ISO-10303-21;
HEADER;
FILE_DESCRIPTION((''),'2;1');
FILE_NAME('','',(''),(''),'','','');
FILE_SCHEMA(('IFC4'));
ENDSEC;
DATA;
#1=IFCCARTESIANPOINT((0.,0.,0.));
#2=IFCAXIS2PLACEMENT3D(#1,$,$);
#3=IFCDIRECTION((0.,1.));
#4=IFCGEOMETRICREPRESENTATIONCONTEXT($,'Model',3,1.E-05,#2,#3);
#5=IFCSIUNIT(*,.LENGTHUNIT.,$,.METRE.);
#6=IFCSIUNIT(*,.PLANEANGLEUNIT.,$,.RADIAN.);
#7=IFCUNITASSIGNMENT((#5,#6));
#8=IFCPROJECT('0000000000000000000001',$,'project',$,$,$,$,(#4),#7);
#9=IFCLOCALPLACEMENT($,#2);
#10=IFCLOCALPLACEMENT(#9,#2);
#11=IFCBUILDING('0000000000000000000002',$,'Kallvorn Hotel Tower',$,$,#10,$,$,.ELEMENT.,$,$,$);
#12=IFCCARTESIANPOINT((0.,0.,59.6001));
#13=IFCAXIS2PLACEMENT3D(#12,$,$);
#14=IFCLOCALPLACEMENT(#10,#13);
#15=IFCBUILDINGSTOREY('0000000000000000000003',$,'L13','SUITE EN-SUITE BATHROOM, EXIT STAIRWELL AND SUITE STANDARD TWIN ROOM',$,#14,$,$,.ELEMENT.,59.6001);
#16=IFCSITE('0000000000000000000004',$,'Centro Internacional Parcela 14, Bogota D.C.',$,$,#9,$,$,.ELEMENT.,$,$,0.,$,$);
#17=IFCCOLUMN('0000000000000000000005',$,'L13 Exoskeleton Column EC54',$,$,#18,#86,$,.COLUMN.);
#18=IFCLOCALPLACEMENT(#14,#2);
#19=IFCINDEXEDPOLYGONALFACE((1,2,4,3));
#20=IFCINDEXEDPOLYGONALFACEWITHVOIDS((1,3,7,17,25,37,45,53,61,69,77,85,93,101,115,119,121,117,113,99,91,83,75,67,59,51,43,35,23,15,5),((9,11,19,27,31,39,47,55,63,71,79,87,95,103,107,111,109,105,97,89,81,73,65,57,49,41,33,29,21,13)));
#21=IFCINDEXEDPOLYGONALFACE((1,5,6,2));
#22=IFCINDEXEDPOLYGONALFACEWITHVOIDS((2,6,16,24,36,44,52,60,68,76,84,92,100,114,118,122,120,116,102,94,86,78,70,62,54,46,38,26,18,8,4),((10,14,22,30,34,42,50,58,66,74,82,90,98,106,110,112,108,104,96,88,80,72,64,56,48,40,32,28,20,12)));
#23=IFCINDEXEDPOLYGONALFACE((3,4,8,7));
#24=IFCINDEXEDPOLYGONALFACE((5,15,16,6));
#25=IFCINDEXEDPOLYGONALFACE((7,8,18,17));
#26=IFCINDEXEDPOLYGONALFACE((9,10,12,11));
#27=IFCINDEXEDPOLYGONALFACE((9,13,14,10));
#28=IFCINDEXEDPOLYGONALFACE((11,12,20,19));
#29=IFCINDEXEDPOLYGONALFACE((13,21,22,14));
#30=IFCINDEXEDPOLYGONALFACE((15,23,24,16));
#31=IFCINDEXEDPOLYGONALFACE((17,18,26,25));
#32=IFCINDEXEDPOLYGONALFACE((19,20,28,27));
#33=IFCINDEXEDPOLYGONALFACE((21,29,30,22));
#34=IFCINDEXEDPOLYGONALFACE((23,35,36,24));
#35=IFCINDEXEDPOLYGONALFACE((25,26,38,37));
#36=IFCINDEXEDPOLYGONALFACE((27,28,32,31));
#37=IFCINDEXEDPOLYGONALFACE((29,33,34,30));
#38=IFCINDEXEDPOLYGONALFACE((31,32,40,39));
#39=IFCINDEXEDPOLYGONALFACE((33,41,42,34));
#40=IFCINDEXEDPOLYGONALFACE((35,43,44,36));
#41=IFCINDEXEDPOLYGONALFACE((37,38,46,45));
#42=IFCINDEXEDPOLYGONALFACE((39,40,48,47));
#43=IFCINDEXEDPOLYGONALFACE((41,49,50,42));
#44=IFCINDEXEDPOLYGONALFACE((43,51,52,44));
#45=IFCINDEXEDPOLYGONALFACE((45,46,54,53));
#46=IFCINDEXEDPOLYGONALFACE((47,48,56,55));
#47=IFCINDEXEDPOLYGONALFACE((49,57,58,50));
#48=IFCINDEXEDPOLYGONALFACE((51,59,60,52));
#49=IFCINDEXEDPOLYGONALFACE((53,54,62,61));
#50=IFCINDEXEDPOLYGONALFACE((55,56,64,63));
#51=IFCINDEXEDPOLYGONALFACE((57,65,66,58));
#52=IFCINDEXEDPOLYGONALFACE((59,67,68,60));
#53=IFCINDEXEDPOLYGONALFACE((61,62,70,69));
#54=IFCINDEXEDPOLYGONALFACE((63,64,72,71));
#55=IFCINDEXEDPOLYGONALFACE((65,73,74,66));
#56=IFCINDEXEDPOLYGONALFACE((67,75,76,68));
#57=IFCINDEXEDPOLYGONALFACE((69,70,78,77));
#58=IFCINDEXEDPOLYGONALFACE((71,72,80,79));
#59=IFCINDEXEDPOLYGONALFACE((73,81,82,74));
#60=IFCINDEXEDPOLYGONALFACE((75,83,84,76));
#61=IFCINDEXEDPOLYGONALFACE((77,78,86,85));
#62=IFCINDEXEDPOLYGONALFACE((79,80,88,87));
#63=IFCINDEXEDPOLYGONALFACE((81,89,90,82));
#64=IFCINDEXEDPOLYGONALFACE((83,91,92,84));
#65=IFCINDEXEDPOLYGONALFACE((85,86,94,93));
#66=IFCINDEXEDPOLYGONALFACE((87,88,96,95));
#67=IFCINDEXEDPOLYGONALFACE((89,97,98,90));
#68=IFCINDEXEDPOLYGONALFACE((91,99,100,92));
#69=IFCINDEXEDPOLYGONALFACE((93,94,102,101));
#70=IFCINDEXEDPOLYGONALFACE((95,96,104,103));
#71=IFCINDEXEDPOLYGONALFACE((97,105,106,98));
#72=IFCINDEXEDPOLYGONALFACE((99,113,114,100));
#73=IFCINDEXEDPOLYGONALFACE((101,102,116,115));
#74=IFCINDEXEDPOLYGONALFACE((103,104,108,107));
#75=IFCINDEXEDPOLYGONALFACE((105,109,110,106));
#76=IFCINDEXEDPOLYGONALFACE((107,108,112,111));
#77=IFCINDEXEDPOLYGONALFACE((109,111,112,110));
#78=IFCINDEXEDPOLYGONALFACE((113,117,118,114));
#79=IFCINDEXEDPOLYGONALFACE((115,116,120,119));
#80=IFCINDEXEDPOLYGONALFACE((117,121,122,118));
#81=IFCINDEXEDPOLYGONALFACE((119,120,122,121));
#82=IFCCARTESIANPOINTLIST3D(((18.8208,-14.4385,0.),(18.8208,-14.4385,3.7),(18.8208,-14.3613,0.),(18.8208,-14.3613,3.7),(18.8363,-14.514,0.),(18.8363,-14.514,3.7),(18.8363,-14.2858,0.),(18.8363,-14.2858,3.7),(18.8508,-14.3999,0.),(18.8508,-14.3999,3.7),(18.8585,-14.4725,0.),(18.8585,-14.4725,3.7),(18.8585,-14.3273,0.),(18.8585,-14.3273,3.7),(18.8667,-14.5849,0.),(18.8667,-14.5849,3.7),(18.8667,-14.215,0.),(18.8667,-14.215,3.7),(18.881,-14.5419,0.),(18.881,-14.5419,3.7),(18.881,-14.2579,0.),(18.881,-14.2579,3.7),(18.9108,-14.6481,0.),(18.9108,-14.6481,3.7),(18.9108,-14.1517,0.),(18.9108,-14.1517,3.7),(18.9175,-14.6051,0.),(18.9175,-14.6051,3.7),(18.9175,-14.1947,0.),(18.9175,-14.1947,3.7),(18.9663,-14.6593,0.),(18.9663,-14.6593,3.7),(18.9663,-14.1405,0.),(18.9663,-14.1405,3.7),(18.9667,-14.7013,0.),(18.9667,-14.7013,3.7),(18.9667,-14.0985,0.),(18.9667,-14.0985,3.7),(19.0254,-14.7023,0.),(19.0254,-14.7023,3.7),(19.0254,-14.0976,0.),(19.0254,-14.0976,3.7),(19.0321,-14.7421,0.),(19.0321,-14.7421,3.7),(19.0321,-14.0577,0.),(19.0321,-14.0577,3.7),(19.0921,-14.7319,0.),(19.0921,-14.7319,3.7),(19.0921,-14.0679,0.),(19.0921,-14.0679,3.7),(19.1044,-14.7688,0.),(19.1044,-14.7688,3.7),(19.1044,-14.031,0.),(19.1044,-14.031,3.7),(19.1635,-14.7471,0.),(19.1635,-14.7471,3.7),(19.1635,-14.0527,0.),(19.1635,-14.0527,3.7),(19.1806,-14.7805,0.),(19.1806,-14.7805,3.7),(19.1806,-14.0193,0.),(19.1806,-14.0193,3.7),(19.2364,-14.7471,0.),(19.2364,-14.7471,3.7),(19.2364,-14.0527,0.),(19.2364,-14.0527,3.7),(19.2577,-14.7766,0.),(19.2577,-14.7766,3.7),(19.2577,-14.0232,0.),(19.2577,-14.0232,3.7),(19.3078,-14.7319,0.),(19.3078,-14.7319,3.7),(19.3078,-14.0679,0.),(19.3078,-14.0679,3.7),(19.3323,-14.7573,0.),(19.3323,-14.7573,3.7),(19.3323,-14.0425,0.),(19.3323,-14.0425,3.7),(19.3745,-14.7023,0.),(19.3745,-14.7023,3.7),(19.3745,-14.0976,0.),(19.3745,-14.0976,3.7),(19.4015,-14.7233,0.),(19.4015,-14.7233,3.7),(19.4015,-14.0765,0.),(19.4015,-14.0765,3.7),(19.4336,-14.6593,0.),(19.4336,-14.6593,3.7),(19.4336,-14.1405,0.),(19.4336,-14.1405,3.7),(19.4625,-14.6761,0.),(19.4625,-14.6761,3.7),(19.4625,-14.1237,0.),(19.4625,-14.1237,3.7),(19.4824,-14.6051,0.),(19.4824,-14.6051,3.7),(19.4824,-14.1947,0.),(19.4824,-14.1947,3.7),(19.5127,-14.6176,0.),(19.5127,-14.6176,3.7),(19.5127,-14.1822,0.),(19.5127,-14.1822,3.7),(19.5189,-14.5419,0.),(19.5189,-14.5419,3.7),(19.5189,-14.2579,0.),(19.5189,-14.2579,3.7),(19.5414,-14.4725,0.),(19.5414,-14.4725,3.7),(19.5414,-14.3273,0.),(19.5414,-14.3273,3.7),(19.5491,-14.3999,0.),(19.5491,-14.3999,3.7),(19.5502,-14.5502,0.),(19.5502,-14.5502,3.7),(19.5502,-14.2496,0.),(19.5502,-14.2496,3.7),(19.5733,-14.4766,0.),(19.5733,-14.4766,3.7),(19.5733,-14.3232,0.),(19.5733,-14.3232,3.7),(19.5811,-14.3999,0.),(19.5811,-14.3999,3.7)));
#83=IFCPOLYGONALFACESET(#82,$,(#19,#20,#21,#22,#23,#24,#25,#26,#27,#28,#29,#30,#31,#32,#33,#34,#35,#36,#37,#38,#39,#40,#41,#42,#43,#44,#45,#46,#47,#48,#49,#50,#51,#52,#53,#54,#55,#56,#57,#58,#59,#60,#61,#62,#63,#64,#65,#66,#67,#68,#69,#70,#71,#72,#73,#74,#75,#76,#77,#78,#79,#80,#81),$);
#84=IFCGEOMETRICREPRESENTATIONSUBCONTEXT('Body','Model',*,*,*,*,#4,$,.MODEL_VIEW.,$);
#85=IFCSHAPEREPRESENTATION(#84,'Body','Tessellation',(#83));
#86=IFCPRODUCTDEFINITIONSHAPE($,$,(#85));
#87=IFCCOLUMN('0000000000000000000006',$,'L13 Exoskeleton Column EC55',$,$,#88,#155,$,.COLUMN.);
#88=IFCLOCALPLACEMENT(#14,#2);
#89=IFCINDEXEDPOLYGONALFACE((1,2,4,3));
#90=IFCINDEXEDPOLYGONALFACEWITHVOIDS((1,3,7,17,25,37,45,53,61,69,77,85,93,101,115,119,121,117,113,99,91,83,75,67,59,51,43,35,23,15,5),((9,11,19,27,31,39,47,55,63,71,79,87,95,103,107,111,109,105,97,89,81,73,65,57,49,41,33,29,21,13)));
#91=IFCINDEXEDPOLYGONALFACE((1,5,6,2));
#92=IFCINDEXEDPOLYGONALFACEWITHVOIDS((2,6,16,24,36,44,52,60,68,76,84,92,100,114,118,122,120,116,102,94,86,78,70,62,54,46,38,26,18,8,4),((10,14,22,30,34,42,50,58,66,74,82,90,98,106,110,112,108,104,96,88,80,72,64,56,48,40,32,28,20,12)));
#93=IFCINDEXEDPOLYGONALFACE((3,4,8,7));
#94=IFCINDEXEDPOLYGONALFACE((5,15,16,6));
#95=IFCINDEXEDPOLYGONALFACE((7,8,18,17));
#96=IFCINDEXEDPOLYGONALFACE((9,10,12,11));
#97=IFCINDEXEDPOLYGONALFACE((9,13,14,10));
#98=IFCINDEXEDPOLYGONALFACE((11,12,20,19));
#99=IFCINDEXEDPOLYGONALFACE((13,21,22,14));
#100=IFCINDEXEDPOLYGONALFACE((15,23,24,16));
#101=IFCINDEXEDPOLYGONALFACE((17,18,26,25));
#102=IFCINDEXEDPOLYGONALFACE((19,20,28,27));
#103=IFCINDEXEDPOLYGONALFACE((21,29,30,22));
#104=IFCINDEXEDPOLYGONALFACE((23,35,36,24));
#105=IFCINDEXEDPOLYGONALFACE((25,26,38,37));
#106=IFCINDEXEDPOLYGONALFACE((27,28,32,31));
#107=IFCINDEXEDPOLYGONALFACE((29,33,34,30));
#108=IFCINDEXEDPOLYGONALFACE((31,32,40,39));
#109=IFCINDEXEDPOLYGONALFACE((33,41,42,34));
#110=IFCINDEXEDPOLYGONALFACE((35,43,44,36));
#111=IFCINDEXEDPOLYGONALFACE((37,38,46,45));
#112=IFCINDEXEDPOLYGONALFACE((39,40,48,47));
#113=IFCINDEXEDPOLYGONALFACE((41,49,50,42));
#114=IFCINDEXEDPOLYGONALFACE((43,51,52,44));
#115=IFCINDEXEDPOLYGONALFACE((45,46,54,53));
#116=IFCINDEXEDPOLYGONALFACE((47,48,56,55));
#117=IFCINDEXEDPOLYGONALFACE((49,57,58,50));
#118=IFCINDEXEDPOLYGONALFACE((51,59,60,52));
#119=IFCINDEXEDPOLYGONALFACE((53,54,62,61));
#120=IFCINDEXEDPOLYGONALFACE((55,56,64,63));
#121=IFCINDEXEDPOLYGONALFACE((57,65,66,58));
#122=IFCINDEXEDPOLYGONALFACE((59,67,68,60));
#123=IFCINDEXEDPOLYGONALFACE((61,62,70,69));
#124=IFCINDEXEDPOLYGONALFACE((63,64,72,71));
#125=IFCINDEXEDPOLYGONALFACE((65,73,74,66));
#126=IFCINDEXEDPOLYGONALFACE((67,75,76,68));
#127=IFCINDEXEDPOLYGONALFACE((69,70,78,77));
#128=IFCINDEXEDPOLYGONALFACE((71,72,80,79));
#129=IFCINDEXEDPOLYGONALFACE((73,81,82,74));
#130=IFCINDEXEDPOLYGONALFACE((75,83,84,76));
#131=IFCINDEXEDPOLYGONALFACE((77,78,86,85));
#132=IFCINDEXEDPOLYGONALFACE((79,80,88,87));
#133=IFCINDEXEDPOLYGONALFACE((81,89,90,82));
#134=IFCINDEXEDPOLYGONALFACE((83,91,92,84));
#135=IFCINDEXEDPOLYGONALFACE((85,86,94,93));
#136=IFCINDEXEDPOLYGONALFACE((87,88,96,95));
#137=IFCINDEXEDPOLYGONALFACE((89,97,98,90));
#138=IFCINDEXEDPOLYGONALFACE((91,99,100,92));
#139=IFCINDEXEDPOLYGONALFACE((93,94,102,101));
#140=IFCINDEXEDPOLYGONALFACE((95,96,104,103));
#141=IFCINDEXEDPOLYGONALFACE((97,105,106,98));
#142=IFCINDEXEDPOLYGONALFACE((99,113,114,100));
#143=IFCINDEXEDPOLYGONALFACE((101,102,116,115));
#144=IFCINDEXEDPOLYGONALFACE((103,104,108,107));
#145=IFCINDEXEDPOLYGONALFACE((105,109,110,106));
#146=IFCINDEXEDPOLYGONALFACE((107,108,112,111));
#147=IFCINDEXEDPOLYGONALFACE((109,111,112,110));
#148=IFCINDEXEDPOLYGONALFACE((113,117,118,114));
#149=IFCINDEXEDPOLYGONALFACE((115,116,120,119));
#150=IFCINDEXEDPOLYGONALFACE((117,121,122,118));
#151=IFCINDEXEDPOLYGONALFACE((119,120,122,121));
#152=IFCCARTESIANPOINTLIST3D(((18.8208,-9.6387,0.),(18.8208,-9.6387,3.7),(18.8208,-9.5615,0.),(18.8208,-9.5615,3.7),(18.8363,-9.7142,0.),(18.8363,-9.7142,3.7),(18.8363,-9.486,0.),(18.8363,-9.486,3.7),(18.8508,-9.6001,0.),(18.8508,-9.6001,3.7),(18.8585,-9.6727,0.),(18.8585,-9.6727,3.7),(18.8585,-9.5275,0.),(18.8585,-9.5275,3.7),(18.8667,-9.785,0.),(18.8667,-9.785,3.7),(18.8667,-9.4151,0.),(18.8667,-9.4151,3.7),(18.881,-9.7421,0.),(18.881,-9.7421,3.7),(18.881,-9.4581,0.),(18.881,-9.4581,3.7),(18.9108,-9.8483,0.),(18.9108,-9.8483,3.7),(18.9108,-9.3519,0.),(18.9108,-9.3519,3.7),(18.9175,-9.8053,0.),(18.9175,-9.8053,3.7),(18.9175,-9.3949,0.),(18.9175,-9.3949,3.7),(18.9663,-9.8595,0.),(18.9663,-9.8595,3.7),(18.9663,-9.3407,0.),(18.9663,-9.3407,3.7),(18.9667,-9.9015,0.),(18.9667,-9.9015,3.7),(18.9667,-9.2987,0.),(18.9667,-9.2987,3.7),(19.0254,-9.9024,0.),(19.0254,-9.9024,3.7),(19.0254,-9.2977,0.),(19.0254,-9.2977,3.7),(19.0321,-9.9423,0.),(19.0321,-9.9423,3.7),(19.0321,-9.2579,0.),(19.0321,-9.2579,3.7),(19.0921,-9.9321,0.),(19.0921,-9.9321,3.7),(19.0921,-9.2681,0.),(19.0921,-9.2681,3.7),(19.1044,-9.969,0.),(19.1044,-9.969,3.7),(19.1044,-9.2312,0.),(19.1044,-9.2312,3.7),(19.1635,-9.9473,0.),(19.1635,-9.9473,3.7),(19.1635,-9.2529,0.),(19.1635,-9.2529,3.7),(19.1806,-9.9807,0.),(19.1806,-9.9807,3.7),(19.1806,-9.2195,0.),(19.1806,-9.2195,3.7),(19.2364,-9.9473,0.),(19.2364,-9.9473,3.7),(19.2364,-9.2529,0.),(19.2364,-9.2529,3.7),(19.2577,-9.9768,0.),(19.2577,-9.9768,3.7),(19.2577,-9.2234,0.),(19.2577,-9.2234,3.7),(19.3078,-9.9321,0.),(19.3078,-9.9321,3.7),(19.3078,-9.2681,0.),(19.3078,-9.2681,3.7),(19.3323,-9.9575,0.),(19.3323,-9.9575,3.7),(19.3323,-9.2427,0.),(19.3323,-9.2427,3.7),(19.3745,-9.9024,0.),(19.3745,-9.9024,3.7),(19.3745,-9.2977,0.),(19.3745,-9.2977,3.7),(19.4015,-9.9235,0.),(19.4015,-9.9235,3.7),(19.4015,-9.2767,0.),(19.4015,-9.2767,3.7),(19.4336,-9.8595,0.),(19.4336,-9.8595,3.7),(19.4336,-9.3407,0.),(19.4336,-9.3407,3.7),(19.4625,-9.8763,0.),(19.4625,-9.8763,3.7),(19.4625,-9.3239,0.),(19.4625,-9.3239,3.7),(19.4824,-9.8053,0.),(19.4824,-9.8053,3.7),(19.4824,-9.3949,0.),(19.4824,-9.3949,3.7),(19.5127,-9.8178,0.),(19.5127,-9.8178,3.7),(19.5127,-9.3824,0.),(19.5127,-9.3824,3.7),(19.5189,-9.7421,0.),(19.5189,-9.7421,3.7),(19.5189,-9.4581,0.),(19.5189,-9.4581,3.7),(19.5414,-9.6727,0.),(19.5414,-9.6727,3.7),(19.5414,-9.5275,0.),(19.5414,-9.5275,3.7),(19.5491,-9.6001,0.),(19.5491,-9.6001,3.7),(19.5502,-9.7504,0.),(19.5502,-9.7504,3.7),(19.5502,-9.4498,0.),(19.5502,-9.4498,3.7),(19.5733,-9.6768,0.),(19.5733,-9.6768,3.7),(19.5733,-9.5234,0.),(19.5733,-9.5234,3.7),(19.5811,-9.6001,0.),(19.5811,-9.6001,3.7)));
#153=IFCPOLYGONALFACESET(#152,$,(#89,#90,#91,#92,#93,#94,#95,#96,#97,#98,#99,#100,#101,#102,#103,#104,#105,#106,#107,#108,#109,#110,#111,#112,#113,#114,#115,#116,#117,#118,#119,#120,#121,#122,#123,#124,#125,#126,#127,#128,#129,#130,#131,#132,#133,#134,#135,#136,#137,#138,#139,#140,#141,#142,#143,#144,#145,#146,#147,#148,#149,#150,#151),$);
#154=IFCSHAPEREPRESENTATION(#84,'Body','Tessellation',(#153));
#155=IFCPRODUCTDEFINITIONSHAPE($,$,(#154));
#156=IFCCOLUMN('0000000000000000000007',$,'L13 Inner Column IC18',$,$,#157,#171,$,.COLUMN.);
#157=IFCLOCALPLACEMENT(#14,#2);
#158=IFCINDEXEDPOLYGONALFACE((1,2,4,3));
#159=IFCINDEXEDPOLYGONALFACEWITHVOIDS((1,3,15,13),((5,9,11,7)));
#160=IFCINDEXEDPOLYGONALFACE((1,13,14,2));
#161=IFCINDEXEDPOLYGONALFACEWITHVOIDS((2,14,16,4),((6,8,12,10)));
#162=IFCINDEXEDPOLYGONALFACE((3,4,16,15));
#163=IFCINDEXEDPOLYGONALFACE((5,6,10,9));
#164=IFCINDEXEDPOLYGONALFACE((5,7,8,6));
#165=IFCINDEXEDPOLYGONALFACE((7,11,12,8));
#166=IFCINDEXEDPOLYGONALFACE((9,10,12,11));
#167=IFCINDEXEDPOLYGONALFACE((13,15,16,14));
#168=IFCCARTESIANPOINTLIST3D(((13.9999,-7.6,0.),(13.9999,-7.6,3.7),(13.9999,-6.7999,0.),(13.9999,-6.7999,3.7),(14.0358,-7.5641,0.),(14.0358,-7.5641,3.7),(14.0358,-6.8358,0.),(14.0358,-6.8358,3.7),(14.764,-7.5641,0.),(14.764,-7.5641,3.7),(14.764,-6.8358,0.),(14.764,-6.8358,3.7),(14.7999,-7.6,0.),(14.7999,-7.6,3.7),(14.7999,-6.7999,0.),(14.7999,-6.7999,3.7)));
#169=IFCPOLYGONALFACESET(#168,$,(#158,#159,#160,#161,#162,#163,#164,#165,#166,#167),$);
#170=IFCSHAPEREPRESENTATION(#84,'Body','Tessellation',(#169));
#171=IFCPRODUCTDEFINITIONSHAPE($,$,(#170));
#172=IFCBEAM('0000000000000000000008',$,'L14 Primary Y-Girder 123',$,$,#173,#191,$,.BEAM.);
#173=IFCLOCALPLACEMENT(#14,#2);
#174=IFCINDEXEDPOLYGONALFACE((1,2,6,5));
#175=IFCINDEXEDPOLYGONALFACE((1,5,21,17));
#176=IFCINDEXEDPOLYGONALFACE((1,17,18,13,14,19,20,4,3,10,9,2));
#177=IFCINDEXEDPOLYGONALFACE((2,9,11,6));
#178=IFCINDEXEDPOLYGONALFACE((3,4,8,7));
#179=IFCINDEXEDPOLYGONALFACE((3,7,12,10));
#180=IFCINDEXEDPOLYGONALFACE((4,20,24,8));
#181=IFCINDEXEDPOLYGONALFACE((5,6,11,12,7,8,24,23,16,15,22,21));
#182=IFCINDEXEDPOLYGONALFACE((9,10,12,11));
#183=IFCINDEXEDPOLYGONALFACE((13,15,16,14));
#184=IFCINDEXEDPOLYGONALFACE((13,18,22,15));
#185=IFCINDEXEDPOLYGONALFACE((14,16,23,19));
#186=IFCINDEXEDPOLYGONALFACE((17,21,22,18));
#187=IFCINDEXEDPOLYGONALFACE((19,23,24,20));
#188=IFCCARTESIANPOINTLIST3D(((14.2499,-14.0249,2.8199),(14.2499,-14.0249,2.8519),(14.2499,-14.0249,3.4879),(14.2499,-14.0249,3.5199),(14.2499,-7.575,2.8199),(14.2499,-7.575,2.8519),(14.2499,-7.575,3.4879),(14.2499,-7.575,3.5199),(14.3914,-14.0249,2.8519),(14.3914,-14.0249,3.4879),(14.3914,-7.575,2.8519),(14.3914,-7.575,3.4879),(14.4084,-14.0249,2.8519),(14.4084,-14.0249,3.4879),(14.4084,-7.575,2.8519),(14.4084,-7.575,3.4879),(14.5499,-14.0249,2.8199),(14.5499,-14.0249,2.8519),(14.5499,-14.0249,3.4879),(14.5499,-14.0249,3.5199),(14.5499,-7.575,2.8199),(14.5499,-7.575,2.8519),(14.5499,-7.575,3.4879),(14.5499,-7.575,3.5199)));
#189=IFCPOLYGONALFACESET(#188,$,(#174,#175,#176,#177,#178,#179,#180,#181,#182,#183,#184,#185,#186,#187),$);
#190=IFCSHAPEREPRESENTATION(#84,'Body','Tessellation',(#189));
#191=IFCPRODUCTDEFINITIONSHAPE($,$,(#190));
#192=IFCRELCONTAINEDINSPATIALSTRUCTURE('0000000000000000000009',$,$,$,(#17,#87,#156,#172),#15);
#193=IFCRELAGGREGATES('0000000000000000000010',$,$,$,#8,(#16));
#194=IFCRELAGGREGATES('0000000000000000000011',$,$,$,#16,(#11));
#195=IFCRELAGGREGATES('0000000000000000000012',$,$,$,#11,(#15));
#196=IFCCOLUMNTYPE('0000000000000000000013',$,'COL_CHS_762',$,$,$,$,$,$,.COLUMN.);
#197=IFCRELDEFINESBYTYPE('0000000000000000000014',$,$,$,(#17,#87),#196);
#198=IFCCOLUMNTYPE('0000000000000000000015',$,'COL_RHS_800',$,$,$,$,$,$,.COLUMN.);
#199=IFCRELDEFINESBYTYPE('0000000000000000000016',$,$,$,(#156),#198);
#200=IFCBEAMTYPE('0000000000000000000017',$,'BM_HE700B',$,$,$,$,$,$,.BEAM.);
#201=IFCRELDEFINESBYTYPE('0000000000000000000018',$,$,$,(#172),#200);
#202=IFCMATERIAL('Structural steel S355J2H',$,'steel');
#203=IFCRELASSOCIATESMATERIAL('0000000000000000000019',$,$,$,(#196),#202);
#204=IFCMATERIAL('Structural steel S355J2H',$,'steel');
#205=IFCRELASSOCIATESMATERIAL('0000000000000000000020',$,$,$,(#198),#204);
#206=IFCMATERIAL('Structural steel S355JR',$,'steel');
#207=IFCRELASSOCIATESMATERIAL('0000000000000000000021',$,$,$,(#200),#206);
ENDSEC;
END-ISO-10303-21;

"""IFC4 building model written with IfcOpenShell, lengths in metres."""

from ifc_helpers import new_model, si_unit, direction, frame, origin, origin_2d, place, context, subcontext, project, spatial, hollow_rectangle, hollow_circle, i_section, extrude, material, material_profile, profile_set, type_object, element, save


model = new_model("IFC4")

# Units and contexts
model_context = context("Model", 3, precision=1e-05, world=origin(), true_north=direction((0.0, 1.0)))
body_context = subcontext(model_context, "Body", "Model", "MODEL_VIEW")
ifc_project = project(units=[si_unit("LENGTHUNIT", "METRE"), si_unit("PLANEANGLEUNIT", "RADIAN")], contexts=[model_context])

# Site, building, storey
site_placement = place(None, origin())
site = spatial("IfcSite", under=ifc_project, at=site_placement, Name="Centro Internacional Parcela 14, Bogota D.C.", CompositionType="ELEMENT", RefElevation=0.0)
building_placement = place(site_placement, origin())
building = spatial("IfcBuilding", under=site, at=building_placement, Name="Kallvorn Hotel Tower", CompositionType="ELEMENT")
storey_placement = place(building_placement, frame((0.0, 0.0, 59.6001)))
storey = spatial("IfcBuildingStorey", under=building, at=storey_placement, Name="L13", Description="SUITE EN-SUITE BATHROOM, EXIT STAIRWELL AND SUITE STANDARD TWIN ROOM", CompositionType="ELEMENT", Elevation=59.6001)

# Columns
ifc_material_1 = material(Name="Structural steel S355J2H", Category="steel")
ifc_material_profile_1 = material_profile(ifc_material_1, hollow_circle(Radius=0.3811, WallThickness=0.032, at=origin_2d()), Name="CHS 762x32")
ifc_profile_set_1 = profile_set([ifc_material_profile_1], Name="Structural steel S355J2H")
column_type_1 = type_object("IfcColumnType", Name="COL_CHS_762", PredefinedType="COLUMN", material=ifc_profile_set_1)
for number, where, z_axis, x_axis, name in (
    (1, (19.2, -14.3999, 0.0), (0.0, 0.0, 1.0), (1.0, 0.0, 0.0), "L13 Exoskeleton Column EC54"),
    (2, (19.2, -9.6001, 0.0), (0.0, 0.0, 1.0), (1.0, 0.0, 0.0), "L13 Exoskeleton Column EC55"),
):
    element("IfcColumn", number, at=place(storey_placement, frame(where, z_axis=z_axis, x_axis=x_axis)), inside=storey, type_object=column_type_1, Name=name, PredefinedType="COLUMN", context=body_context, shape_type="SweptSolid", body=[
        extrude(hollow_circle(Radius=0.3811, WallThickness=0.032, at=origin_2d()), origin(), (0.0, 0.0, 1.0), 3.7),
    ])
ifc_material_2 = material(Name="Structural steel S355J2H", Category="steel")
ifc_material_profile_2 = material_profile(ifc_material_2, hollow_rectangle(XDim=0.8, YDim=0.8, WallThickness=0.0359, at=origin_2d()), Name="RHS 800x800x36")
ifc_profile_set_2 = profile_set([ifc_material_profile_2], Name="Structural steel S355J2H")
column_type_2 = type_object("IfcColumnType", Name="COL_RHS_800", PredefinedType="COLUMN", material=ifc_profile_set_2)
column_placement = place(storey_placement, frame((14.3999, -7.2, 0.0), z_axis=(0.0, 0.0, 1.0), x_axis=(1.0, 0.0, 0.0)))
element("IfcColumn", 3, at=column_placement, inside=storey, type_object=column_type_2, Name="L13 Inner Column IC18", PredefinedType="COLUMN", context=body_context, shape_type="SweptSolid", body=[
    extrude(hollow_rectangle(XDim=0.8, YDim=0.8, WallThickness=0.0359, at=origin_2d()), origin(), (0.0, 0.0, 1.0), 3.7),
])

# Beam
ifc_material_3 = material(Name="Structural steel S355JR", Category="steel")
ifc_material_profile_3 = material_profile(ifc_material_3, i_section(OverallWidth=0.3, OverallDepth=0.7, WebThickness=0.0171, FlangeThickness=0.032, at=origin_2d()), Name="HE 700 B")
ifc_profile_set_3 = profile_set([ifc_material_profile_3], Name="Structural steel S355JR")
beam_type_1 = type_object("IfcBeamType", Name="BM_HE700B", PredefinedType="BEAM", material=ifc_profile_set_3)
beam_1_placement = place(storey_placement, frame((14.3999, -14.0249, 3.1699), z_axis=(0.0, 1.0, 0.0), x_axis=(-1.0, 0.0, 0.0)))
element("IfcBeam", 4, at=beam_1_placement, inside=storey, type_object=beam_type_1, Name="L14 Primary Y-Girder 123", PredefinedType="BEAM", context=body_context, shape_type="SweptSolid", body=[
    extrude(i_section(OverallWidth=0.3, OverallDepth=0.7, WebThickness=0.0171, FlangeThickness=0.032, at=origin_2d()), origin(), (0.0, 0.0, 1.0), 6.45),
])

save(model, "model.ifc")
